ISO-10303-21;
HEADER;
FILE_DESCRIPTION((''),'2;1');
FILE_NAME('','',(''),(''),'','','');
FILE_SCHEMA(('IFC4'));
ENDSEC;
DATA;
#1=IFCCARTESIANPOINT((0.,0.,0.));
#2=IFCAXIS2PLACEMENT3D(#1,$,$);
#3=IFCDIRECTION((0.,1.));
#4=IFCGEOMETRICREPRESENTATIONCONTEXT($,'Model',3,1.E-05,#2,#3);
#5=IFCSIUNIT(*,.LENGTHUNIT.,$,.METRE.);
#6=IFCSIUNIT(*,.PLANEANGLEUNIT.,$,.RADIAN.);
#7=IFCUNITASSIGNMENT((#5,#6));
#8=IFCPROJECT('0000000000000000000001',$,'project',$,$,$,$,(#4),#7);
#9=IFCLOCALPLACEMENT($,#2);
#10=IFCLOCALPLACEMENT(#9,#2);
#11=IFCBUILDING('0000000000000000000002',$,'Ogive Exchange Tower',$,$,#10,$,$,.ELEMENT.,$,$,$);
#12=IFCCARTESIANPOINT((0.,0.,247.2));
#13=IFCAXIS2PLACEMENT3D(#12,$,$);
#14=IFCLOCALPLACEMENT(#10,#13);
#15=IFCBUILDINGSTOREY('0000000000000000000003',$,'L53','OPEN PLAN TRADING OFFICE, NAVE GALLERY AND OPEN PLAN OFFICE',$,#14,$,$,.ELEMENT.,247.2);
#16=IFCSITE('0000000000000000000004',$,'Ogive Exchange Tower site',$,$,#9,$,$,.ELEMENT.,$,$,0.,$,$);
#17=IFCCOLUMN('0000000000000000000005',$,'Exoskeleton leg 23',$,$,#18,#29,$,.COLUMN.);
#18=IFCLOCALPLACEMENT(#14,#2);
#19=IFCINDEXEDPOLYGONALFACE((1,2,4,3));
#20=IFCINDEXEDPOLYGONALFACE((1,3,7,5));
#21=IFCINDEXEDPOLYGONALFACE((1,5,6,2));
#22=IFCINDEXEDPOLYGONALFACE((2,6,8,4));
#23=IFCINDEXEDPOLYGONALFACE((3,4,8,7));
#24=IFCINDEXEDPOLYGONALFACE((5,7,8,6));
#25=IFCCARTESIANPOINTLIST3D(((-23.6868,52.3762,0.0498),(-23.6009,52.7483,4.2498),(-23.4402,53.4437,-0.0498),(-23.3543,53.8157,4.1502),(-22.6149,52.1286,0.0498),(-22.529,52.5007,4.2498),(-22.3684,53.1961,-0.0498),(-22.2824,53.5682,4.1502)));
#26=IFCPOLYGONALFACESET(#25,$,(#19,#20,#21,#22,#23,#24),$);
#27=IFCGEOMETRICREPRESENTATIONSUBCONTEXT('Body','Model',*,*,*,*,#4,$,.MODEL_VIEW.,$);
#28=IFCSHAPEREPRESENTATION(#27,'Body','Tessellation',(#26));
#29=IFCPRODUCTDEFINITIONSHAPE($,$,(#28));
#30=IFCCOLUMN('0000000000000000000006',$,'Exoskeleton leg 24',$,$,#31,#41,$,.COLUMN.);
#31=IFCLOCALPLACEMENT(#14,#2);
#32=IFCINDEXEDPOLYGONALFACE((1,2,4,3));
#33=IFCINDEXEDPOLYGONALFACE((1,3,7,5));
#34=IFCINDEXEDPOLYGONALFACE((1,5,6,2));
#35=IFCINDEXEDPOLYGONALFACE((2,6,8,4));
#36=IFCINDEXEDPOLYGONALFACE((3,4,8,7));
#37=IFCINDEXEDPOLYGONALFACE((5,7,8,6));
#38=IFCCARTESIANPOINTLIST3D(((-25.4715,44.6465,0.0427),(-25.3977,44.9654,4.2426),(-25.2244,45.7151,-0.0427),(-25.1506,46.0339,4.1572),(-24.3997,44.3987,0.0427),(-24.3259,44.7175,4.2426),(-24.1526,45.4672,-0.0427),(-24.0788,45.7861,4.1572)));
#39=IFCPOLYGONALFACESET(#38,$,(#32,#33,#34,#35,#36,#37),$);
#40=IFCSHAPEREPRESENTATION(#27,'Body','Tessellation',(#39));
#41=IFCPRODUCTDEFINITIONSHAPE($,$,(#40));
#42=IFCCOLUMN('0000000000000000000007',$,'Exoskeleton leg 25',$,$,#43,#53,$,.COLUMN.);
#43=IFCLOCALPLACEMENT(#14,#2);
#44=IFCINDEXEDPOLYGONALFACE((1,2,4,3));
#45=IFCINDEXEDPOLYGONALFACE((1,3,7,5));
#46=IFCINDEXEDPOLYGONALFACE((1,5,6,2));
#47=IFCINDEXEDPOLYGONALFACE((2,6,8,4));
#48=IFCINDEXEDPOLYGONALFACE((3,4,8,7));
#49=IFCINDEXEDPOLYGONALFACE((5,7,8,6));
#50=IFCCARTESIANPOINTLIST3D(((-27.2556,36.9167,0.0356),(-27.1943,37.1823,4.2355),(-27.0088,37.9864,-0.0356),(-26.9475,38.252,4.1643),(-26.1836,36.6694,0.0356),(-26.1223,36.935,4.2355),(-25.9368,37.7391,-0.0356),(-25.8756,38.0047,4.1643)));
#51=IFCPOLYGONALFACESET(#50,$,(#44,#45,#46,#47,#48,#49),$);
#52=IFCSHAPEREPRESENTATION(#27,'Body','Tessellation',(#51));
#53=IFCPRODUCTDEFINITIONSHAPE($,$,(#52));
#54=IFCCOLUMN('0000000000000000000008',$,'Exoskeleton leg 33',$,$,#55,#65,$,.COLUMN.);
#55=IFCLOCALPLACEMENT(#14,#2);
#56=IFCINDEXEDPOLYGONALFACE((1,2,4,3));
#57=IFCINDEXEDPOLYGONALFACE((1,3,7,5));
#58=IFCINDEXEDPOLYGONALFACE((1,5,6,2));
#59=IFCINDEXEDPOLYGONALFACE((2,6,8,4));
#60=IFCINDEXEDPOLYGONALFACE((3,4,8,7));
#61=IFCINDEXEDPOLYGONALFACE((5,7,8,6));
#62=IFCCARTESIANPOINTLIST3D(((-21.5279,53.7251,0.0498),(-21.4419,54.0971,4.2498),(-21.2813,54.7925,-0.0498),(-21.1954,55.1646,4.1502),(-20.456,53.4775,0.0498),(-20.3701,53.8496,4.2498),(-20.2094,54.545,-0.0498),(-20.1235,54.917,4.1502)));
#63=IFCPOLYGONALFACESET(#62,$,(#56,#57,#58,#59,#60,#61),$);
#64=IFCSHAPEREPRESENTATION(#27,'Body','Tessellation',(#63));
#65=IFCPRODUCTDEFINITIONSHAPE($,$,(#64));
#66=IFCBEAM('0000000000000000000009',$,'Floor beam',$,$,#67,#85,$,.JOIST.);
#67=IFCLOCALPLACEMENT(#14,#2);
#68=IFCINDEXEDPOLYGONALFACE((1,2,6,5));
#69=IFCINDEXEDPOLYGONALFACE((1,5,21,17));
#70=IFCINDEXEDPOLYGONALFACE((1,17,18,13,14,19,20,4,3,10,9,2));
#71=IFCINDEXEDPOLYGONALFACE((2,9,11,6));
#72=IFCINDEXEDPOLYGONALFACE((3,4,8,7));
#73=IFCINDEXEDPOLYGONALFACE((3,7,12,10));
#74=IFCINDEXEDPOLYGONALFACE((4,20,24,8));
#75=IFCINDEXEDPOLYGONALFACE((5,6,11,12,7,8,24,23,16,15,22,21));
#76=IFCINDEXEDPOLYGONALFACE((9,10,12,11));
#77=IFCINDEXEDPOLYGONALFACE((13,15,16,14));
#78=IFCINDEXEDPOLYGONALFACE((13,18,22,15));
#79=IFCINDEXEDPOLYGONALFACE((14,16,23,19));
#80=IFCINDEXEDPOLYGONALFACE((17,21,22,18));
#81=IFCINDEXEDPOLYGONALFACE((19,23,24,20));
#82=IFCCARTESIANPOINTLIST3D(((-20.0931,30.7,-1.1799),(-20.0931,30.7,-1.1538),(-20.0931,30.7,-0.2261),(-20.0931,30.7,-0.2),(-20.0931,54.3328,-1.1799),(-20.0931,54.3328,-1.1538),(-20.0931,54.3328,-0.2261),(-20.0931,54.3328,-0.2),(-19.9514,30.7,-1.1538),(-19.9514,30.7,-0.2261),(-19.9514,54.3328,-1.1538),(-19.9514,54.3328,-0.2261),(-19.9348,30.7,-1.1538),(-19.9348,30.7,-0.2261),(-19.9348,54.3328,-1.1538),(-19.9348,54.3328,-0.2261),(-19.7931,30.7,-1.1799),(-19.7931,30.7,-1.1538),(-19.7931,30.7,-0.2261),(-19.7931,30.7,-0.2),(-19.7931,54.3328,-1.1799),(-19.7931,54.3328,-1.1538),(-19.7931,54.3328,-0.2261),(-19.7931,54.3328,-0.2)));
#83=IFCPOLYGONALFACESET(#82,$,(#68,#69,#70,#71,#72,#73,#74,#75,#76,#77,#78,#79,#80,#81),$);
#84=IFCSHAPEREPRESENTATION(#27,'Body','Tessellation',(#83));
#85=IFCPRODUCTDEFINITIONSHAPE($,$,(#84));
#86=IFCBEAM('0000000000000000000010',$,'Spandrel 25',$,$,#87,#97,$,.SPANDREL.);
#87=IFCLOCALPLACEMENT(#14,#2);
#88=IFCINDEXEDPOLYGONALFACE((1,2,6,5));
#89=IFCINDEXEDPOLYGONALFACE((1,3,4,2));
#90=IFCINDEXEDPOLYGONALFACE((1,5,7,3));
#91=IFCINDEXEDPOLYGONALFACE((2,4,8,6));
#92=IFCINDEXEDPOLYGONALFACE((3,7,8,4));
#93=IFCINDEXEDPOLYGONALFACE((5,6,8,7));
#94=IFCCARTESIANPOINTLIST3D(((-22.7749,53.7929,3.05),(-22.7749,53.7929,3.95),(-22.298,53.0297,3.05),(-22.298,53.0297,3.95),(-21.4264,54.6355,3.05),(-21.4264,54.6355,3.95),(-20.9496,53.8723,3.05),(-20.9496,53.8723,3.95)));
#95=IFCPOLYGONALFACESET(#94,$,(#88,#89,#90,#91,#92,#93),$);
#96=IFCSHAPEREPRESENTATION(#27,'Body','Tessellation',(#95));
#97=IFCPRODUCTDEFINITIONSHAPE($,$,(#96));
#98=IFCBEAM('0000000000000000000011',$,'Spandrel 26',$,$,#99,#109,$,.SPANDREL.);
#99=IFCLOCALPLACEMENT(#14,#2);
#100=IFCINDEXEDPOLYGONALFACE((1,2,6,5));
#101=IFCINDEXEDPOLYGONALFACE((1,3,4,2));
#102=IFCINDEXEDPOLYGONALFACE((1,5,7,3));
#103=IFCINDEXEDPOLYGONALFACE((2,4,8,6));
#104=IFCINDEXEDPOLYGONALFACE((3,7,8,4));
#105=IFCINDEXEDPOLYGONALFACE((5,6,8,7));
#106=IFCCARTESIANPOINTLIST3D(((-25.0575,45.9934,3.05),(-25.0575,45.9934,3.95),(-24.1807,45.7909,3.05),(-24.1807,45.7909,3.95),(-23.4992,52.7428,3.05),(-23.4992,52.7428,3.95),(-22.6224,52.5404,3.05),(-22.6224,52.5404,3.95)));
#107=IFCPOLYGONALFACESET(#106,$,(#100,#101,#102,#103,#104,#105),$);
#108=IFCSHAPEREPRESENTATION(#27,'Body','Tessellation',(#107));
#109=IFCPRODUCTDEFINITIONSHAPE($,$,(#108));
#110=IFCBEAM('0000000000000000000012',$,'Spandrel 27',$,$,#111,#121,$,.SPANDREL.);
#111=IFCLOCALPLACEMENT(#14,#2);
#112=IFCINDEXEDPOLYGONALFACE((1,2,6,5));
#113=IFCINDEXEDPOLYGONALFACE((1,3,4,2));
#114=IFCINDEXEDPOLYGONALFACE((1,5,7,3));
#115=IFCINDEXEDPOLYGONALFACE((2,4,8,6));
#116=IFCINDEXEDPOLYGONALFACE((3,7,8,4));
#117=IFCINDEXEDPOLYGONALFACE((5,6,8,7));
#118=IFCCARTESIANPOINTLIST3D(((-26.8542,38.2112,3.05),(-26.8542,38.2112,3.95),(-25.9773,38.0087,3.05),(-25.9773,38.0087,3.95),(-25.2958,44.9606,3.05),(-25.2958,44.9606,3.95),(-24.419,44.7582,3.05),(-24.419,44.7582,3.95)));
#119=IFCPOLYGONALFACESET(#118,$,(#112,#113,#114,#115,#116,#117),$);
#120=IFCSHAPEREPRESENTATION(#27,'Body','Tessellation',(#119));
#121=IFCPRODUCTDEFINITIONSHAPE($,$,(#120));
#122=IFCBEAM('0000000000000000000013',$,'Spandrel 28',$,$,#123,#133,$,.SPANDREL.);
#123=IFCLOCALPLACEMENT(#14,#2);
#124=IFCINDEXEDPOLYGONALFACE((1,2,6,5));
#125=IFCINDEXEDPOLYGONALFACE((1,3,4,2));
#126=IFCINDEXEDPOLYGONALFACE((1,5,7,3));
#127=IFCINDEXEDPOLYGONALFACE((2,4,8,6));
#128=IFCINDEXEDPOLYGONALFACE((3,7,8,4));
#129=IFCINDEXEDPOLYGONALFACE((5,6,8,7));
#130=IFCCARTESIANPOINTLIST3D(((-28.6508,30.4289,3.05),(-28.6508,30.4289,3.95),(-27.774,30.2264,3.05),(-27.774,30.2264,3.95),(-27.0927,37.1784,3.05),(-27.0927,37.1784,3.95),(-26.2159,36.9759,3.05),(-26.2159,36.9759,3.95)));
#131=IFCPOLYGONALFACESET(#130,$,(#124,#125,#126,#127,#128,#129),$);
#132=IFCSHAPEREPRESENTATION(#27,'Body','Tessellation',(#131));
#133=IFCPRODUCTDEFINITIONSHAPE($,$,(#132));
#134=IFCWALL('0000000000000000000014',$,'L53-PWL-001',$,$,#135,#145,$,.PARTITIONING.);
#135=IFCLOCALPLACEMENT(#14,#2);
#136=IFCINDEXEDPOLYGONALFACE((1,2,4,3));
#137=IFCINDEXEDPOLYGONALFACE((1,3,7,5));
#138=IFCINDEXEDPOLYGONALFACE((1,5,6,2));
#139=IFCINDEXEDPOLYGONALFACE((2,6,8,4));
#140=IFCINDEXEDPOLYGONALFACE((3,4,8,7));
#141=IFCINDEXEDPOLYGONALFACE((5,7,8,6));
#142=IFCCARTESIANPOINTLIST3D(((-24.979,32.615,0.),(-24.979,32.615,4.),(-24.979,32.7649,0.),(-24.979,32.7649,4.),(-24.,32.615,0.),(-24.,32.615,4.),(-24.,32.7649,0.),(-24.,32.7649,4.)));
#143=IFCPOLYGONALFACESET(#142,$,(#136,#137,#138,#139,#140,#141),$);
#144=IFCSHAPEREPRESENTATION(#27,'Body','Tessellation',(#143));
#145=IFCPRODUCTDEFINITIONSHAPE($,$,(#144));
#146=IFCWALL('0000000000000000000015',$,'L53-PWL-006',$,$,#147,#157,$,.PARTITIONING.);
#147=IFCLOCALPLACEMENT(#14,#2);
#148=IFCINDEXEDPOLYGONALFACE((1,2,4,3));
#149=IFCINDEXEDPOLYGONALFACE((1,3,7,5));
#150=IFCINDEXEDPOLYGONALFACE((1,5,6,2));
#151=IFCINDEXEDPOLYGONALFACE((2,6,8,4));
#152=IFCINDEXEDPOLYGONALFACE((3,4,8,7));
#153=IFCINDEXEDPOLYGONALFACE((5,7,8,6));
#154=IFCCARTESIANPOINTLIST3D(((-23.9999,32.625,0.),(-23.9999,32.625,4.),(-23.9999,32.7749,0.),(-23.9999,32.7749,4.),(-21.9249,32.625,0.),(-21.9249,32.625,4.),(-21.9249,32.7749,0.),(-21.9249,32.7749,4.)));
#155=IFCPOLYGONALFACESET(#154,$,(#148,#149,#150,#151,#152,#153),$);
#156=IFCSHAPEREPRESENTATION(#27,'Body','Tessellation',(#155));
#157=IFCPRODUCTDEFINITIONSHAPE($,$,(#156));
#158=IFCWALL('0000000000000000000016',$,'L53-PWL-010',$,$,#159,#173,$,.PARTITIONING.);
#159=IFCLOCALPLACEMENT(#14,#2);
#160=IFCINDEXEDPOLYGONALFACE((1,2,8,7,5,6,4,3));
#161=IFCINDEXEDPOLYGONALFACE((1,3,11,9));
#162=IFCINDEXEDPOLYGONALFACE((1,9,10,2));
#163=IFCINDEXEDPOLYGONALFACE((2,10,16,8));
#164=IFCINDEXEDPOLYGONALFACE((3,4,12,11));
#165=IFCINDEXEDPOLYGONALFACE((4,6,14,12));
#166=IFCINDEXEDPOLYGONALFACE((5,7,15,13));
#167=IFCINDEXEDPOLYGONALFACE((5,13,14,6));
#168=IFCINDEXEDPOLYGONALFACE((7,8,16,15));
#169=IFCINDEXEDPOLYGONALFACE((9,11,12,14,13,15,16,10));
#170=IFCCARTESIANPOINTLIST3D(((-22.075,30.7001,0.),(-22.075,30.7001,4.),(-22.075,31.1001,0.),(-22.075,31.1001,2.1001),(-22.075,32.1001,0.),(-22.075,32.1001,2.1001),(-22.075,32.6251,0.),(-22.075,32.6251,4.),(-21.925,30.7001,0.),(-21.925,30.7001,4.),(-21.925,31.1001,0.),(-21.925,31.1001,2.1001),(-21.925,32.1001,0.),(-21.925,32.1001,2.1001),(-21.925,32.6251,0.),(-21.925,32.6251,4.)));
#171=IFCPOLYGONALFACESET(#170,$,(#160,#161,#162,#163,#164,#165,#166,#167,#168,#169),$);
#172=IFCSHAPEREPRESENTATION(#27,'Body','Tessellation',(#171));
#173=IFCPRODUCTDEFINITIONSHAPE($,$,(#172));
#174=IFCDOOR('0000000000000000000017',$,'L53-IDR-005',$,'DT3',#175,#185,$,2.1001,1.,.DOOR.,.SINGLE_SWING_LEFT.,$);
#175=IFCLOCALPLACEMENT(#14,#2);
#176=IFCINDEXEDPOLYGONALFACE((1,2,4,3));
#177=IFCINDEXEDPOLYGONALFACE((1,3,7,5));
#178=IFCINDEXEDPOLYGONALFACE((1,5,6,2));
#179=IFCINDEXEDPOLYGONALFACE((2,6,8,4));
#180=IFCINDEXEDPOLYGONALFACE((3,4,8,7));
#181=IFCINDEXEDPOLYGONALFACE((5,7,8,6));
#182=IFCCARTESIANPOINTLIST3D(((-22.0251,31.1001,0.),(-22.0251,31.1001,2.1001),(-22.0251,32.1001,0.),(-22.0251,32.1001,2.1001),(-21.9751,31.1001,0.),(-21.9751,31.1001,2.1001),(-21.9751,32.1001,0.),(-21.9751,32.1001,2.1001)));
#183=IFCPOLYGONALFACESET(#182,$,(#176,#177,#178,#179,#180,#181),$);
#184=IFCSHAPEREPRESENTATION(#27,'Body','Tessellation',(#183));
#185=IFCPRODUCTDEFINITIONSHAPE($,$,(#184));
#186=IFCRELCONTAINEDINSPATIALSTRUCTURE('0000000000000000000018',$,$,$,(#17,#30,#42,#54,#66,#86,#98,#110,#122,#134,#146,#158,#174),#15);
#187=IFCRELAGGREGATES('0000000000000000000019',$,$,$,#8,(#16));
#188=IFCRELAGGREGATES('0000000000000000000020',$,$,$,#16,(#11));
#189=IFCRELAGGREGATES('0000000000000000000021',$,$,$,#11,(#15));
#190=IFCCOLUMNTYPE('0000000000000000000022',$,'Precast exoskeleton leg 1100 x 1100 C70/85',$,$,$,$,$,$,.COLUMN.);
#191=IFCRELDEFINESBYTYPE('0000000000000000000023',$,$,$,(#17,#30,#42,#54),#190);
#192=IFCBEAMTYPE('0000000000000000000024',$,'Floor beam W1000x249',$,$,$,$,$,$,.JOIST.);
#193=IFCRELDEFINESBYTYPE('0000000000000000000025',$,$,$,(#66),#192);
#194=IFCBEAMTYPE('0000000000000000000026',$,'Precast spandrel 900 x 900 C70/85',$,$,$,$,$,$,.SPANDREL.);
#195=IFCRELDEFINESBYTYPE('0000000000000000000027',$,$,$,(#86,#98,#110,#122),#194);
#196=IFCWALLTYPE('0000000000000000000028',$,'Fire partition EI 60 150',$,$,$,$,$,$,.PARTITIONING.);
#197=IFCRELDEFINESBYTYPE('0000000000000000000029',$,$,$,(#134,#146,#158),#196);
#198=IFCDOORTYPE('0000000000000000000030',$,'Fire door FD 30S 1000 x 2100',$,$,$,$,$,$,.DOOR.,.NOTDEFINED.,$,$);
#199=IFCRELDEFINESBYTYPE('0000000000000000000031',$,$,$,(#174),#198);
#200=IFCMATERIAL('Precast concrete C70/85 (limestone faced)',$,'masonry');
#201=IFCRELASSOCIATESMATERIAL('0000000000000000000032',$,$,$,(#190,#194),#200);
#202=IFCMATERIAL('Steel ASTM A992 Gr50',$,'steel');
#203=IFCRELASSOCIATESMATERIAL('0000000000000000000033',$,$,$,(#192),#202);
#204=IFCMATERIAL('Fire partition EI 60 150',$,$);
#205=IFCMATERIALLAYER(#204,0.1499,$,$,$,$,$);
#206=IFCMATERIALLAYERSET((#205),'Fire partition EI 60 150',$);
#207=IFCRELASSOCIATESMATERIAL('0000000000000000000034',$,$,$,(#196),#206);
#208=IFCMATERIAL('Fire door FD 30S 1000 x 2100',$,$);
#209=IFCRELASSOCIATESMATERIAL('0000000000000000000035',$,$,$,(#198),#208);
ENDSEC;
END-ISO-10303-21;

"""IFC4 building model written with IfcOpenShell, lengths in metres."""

from ifc_helpers import new_model, si_unit, direction, frame, frame_2d, origin, origin_2d, place, context, subcontext, project, spatial, rectangle, i_section, extrude, material, layer, layer_set, material_profile, profile_set, type_object, element, fill, save


model = new_model("IFC4")

# Units and contexts
model_context = context("Model", 3, precision=1e-05, world=origin(), true_north=direction((0.0, 1.0)))
body_context = subcontext(model_context, "Body", "Model", "MODEL_VIEW")
ifc_project = project(units=[si_unit("LENGTHUNIT", "METRE"), si_unit("PLANEANGLEUNIT", "RADIAN")], contexts=[model_context])

# Site, building, storey
site_placement = place(None, origin())
site = spatial("IfcSite", under=ifc_project, at=site_placement, Name="Ogive Exchange Tower site", CompositionType="ELEMENT", RefElevation=0.0)
building_placement = place(site_placement, origin())
building = spatial("IfcBuilding", under=site, at=building_placement, Name="Ogive Exchange Tower", CompositionType="ELEMENT")
storey_placement = place(building_placement, frame((0.0, 0.0, 247.2)))
storey = spatial("IfcBuildingStorey", under=building, at=storey_placement, Name="L53", Description="OPEN PLAN TRADING OFFICE, NAVE GALLERY AND OPEN PLAN OFFICE", CompositionType="ELEMENT", Elevation=247.2)

# Columns
ifc_material_1 = material(Name="Precast concrete C70/85 (limestone faced)", Category="masonry")
ifc_material_profile_1 = material_profile(ifc_material_1, rectangle(XDim=1.1001, YDim=1.1001, at=origin_2d()), Name="1100 x 1100")
ifc_profile_set_1 = profile_set([ifc_material_profile_1], Name="Precast concrete C70/85 (limestone faced)")
column_type = type_object("IfcColumnType", Name="Precast exoskeleton leg 1100 x 1100 C70/85", PredefinedType="COLUMN", material=ifc_profile_set_1)
column_1_placement = place(storey_placement, frame((-23.0276, 52.7861, 0.0), z_axis=(0.020377, 0.088225, 0.995892), x_axis=(-0.974348, 0.225046, 0.0)))
element("IfcColumn", 1, at=column_1_placement, inside=storey, type_object=column_type, Name="Exoskeleton leg 23", PredefinedType="COLUMN", context=body_context, shape_type="SweptSolid", body=[
    extrude(rectangle(XDim=1.1001, YDim=1.1001, at=origin_2d()), origin(), (0.0, 0.0, 1.0), 4.2173),
])
column_2_placement = place(storey_placement, frame((-24.812, 45.0569, 0.0), z_axis=(0.017502, 0.075688, 0.996978), x_axis=(-0.974291, 0.225295, 0.0)))
element("IfcColumn", 2, at=column_2_placement, inside=storey, type_object=column_type, Name="Exoskeleton leg 24", PredefinedType="COLUMN", context=body_context, shape_type="SweptSolid", body=[
    extrude(rectangle(XDim=1.1001, YDim=1.1001, at=origin_2d()), origin(), (0.0, 0.0, 1.0), 4.2126),
])
column_3_placement = place(storey_placement, frame((-26.5962, 37.3279, 0.0), z_axis=(0.01456, 0.063112, 0.9979), x_axis=(-0.974406, 0.224794, 0.0)))
element("IfcColumn", 3, at=column_3_placement, inside=storey, type_object=column_type, Name="Exoskeleton leg 25", PredefinedType="COLUMN", context=body_context, shape_type="SweptSolid", body=[
    extrude(rectangle(XDim=1.1001, YDim=1.1001, at=origin_2d()), origin(), (0.0, 0.0, 1.0), 4.2087),
])
column_4_placement = place(storey_placement, frame((-20.8687, 54.135, 0.0), z_axis=(0.020377, 0.088225, 0.995892), x_axis=(-0.974348, 0.225046, 0.0)))
element("IfcColumn", 4, at=column_4_placement, inside=storey, type_object=column_type, Name="Exoskeleton leg 33", PredefinedType="COLUMN", context=body_context, shape_type="SweptSolid", body=[
    extrude(rectangle(XDim=1.1001, YDim=1.1001, at=origin_2d()), origin(), (0.0, 0.0, 1.0), 4.2173),
])

# Beams
ifc_material_2 = material(Name="Steel ASTM A992 Gr50", Category="steel")
ifc_material_profile_2 = material_profile(ifc_material_2, i_section(OverallWidth=0.3, OverallDepth=0.98, WebThickness=0.0166, FlangeThickness=0.0261, at=origin_2d()), Name="W1000x249")
ifc_profile_set_2 = profile_set([ifc_material_profile_2], Name="Steel ASTM A992 Gr50")
beam_type_1 = type_object("IfcBeamType", Name="Floor beam W1000x249", PredefinedType="JOIST", material=ifc_profile_set_2)
beam_1_placement = place(storey_placement, frame((-19.9431, 30.7, -0.6899), z_axis=(0.0, 1.0, 0.0), x_axis=(-1.0, 0.0, 0.0)))
element("IfcBeam", 5, at=beam_1_placement, inside=storey, type_object=beam_type_1, Name="Floor beam", PredefinedType="JOIST", context=body_context, shape_type="SweptSolid", body=[
    extrude(i_section(OverallWidth=0.3, OverallDepth=0.98, WebThickness=0.0166, FlangeThickness=0.0261, at=origin_2d()), origin(), (0.0, 0.0, 1.0), 23.6328),
])
ifc_material_profile_3 = material_profile(ifc_material_1, rectangle(XDim=0.8999, YDim=0.8999, at=origin_2d()), Name="900 x 900")
ifc_profile_set_3 = profile_set([ifc_material_profile_3], Name="Precast concrete C70/85 (limestone faced)")
beam_type_2 = type_object("IfcBeamType", Name="Precast spandrel 900 x 900 C70/85", PredefinedType="SPANDREL", material=ifc_profile_set_3)
beam_2_placement = place(storey_placement, frame((-21.188, 54.2539, 3.5), z_axis=(-0.848059, -0.529902, 0.0), x_axis=(0.529902, -0.848059, 0.0)))
element("IfcBeam", 6, at=beam_2_placement, inside=storey, type_object=beam_type_2, Name="Spandrel 25", PredefinedType="SPANDREL", context=body_context, shape_type="SweptSolid", body=[
    extrude(rectangle(XDim=0.8999, YDim=0.8999, at=origin_2d()), origin(), (0.0, 0.0, 1.0), 1.5901),
])
for number, where, z_axis, x_axis, name in (
    (7, (-23.0608, 52.6416, 3.5), (-0.224965, -0.974367, 0.0), (0.974367, -0.224965, 0.0), "Spandrel 26"),
    (8, (-24.8574, 44.8594, 3.5), (-0.224965, -0.974367, 0.0), (0.974367, -0.224965, 0.0), "Spandrel 27"),
    (9, (-26.6543, 37.0771, 3.5), (-0.224932, -0.974375, 0.0), (0.974375, -0.224932, 0.0), "Spandrel 28"),
):
    element("IfcBeam", number, at=place(storey_placement, frame(where, z_axis=z_axis, x_axis=x_axis)), inside=storey, type_object=beam_type_2, Name=name, PredefinedType="SPANDREL", context=body_context, shape_type="SweptSolid", body=[
        extrude(rectangle(XDim=0.8999, YDim=0.8999, at=origin_2d()), origin(), (0.0, 0.0, 1.0), 6.927),
    ])

# Walls
ifc_material_3 = material(Name="Fire partition EI 60 150")
ifc_layer_1 = layer(ifc_material_3, 0.1499)
ifc_layer_set_1 = layer_set([ifc_layer_1], Name="Fire partition EI 60 150")
wall_type_1 = type_object("IfcWallType", Name="Fire partition EI 60 150", PredefinedType="PARTITIONING", material=ifc_layer_set_1)
wall_1_placement = place(storey_placement, frame((-24.979, 32.6899, 0.0), z_axis=(0.0, 0.0, 1.0), x_axis=(1.0, 0.0, 0.0)))
element("IfcWall", 10, at=wall_1_placement, inside=storey, type_object=wall_type_1, Name="L53-PWL-001", PredefinedType="PARTITIONING", context=body_context, shape_type="SweptSolid", body=[
    extrude(rectangle(XDim=0.979, YDim=0.1499, at=frame_2d((0.4895, 0.0))), origin(), (0.0, 0.0, 1.0), 4.0),
])
wall_2_placement = place(storey_placement, frame((-24.0, 32.7, 0.0), z_axis=(0.0, 0.0, 1.0), x_axis=(1.0, 0.0, 0.0)))
element("IfcWall", 11, at=wall_2_placement, inside=storey, type_object=wall_type_1, Name="L53-PWL-006", PredefinedType="PARTITIONING", context=body_context, shape_type="SweptSolid", body=[
    extrude(rectangle(XDim=2.075, YDim=0.1499, at=frame_2d((1.0376, 0.0))), origin(), (0.0, 0.0, 1.0), 4.0),
])

# Wall, opening, door
wall_3_placement = place(storey_placement, frame((-22.0, 32.625, 0.0), z_axis=(0.0, 0.0, 1.0), x_axis=(0.0, -1.0, 0.0)))
wall_3 = element("IfcWall", 12, at=wall_3_placement, inside=storey, type_object=wall_type_1, Name="L53-PWL-010", PredefinedType="PARTITIONING", context=body_context, shape_type="SweptSolid", body=[
    extrude(rectangle(XDim=1.925, YDim=0.1499, at=frame_2d((0.9624, 0.0))), origin(), (0.0, 0.0, 1.0), 4.0),
])
opening_1_placement = place(wall_3_placement, frame((0.5249, 0.0, 0.0)))
opening_1 = element("IfcOpeningElement", 13, at=opening_1_placement, cuts=wall_3, PredefinedType="OPENING", context=body_context, shape_type="SweptSolid", body=[
    extrude(rectangle(XDim=1.0, YDim=2.1001, at=frame_2d((0.5, 1.05))), frame((0.0, 0.085, 0.0), z_axis=(0.0, -1.0, 0.0), x_axis=(1.0, 0.0, 0.0)), (0.0, 0.0, 1.0), 0.1699),
])
ifc_material_4 = material(Name="Fire door FD 30S 1000 x 2100")
door_type_1 = type_object("IfcDoorType", Name="Fire door FD 30S 1000 x 2100", OperationType="NOTDEFINED", PredefinedType="DOOR", material=ifc_material_4)
door_1_placement = place(opening_1_placement, origin())
door_1 = element("IfcDoor", 14, at=door_1_placement, inside=storey, type_object=door_type_1, Name="L53-IDR-005", ObjectType="DT3", OperationType="SINGLE_SWING_LEFT", OverallHeight=2.1001, OverallWidth=1.0, PredefinedType="DOOR", context=body_context, shape_type="SweptSolid", body=[
    extrude(rectangle(XDim=1.0, YDim=2.1001, at=frame_2d((0.5, 1.05))), frame((0.0, 0.0249, 0.0), z_axis=(0.0, -1.0, 0.0), x_axis=(1.0, 0.0, 0.0)), (0.0, 0.0, 1.0), 0.05),
])
fill(opening_1, door_1)

save(model, "model.ifc")
